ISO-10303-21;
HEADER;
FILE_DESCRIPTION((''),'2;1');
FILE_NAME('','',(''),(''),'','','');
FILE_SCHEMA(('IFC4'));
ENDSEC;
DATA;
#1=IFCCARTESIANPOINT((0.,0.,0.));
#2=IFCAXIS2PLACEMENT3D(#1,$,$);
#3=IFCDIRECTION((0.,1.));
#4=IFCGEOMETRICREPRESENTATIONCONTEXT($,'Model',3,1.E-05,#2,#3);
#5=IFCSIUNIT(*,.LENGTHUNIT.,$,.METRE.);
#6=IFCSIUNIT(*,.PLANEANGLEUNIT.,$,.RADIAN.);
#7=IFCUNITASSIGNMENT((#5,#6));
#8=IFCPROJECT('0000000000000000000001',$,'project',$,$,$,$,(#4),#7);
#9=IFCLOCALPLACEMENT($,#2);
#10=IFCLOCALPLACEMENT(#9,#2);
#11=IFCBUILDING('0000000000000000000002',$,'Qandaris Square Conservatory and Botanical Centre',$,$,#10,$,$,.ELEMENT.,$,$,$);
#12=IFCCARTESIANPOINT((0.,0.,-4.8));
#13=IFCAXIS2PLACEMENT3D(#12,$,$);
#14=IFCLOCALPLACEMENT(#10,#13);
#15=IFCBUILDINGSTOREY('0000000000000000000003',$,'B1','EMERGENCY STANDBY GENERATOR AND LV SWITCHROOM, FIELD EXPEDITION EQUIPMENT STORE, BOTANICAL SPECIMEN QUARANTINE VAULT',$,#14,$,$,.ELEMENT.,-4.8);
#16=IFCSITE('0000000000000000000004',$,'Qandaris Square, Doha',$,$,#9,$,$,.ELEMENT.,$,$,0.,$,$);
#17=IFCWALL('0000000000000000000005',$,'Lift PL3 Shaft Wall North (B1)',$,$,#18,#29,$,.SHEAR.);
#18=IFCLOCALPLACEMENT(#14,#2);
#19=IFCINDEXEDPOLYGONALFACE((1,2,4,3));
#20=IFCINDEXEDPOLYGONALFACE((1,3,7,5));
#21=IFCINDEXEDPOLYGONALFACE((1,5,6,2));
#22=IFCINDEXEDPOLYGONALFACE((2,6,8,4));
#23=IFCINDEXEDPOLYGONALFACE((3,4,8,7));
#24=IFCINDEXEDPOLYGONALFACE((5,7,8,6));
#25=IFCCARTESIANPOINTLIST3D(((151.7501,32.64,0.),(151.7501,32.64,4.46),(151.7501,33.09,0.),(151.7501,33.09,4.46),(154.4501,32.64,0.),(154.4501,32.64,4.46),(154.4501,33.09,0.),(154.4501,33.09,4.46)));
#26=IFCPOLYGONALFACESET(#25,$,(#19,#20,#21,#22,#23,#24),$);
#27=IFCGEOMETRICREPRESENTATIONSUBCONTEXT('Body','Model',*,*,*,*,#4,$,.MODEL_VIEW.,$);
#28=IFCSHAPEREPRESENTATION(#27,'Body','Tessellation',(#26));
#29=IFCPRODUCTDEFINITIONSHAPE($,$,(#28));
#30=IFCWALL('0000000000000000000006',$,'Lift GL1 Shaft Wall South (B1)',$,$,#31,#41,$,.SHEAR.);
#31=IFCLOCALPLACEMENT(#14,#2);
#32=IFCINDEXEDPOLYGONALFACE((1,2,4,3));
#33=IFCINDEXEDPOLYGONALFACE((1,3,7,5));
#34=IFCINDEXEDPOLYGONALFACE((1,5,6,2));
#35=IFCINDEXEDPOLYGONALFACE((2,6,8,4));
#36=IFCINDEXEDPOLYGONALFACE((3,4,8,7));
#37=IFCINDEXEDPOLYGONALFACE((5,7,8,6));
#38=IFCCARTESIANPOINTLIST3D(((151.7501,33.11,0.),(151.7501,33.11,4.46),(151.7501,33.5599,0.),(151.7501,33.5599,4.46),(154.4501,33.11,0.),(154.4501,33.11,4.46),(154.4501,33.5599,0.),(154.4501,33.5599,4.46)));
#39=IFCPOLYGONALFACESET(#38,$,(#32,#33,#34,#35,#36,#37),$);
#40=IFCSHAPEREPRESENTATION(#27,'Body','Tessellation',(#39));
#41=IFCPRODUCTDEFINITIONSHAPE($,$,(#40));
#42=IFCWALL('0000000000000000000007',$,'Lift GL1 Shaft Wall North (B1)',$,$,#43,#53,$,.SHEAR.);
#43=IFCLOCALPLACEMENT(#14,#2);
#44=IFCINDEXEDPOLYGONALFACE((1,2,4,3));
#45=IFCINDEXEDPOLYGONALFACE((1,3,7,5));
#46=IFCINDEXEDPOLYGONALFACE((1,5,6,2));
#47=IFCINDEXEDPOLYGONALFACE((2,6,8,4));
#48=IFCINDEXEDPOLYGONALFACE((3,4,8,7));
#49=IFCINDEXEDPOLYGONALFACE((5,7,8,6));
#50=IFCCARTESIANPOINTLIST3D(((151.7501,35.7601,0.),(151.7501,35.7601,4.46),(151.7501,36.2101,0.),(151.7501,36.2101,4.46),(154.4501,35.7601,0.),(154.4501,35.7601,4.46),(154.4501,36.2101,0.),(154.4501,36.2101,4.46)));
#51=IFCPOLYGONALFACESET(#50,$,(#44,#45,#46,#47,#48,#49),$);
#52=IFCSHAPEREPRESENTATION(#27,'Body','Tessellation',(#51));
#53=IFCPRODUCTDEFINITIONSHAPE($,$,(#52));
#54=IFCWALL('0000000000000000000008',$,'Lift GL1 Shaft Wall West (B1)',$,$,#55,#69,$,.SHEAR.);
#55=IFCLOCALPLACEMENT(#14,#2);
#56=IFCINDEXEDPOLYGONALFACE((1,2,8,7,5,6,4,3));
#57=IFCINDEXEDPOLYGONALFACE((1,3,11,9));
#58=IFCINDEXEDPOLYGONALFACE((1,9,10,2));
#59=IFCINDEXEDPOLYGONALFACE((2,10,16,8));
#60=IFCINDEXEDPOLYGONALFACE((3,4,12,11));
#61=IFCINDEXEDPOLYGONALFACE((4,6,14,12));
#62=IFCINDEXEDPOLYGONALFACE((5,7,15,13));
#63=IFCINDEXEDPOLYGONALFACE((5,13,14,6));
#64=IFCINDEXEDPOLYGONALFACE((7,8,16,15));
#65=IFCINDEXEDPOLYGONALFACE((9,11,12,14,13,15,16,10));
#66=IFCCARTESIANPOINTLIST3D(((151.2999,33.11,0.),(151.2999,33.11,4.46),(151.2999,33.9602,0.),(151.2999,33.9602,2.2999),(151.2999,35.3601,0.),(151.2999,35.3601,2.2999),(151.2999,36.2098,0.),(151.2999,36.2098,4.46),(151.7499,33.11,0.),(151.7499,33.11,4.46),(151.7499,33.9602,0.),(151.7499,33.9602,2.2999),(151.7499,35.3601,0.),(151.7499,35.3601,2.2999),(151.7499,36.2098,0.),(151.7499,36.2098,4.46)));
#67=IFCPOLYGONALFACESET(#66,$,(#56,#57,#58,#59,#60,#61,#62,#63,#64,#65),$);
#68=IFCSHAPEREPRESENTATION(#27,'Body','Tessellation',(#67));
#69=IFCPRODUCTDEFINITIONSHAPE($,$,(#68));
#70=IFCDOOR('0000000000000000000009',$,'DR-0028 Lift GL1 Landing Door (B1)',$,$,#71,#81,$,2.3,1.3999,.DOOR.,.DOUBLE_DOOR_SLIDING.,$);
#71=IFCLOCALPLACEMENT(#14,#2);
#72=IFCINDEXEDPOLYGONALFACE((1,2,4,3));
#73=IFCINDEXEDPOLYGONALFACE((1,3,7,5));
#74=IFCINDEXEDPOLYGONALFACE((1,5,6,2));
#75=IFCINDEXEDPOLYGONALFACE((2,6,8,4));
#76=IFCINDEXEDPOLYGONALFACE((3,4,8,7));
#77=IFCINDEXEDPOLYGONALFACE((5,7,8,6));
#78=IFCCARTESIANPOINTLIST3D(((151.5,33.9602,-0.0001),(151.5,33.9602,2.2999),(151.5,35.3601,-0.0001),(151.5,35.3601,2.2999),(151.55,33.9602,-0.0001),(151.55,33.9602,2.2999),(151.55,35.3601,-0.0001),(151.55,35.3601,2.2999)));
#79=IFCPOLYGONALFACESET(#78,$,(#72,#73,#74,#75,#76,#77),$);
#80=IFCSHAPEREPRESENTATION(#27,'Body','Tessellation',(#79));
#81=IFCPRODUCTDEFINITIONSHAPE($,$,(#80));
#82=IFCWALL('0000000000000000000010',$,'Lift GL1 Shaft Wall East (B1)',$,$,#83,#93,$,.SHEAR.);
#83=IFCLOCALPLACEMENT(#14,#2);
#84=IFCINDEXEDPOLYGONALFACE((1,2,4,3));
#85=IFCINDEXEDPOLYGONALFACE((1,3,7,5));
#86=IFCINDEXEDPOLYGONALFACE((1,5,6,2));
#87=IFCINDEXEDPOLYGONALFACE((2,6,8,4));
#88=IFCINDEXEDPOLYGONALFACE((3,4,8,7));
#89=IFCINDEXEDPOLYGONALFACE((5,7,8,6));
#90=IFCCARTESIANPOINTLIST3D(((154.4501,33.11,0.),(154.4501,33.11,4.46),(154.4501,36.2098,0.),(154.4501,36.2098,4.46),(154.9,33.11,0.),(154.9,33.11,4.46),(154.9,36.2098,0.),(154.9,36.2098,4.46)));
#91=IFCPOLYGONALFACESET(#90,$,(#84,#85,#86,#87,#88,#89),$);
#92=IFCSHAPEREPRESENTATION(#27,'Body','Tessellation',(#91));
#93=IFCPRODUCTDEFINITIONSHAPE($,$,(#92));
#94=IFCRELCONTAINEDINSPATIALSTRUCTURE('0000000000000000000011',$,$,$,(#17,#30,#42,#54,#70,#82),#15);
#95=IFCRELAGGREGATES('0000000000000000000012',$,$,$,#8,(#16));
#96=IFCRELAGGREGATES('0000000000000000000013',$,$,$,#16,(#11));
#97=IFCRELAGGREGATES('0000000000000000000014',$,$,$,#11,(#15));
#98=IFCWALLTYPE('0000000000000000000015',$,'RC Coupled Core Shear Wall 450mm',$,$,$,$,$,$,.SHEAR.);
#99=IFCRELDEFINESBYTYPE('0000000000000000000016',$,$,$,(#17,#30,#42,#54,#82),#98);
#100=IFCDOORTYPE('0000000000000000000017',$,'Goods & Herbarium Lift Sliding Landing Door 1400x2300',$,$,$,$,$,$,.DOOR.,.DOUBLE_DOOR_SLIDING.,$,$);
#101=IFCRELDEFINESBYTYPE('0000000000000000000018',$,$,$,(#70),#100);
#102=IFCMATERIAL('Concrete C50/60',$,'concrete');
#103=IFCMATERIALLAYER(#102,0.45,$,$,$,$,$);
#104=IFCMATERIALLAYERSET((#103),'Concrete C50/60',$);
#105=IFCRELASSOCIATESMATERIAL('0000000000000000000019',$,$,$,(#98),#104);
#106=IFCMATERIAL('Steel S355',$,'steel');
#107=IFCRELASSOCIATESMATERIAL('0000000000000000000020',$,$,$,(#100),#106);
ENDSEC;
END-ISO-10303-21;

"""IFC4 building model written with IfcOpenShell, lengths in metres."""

from ifc_helpers import new_model, si_unit, direction, frame, frame_2d, origin, place, context, subcontext, project, spatial, rectangle, extrude, material, layer, layer_set, type_object, element, fill, save


model = new_model("IFC4")

# Units and contexts
model_context = context("Model", 3, precision=1e-05, world=origin(), true_north=direction((0.0, 1.0)))
body_context = subcontext(model_context, "Body", "Model", "MODEL_VIEW")
ifc_project = project(units=[si_unit("LENGTHUNIT", "METRE"), si_unit("PLANEANGLEUNIT", "RADIAN")], contexts=[model_context])

# Site, building, storey
site_placement = place(None, origin())
site = spatial("IfcSite", under=ifc_project, at=site_placement, Name="Qandaris Square, Doha", CompositionType="ELEMENT", RefElevation=0.0)
building_placement = place(site_placement, origin())
building = spatial("IfcBuilding", under=site, at=building_placement, Name="Qandaris Square Conservatory and Botanical Centre", CompositionType="ELEMENT")
storey_placement = place(building_placement, frame((0.0, 0.0, -4.8)))
storey = spatial("IfcBuildingStorey", under=building, at=storey_placement, Name="B1", Description="EMERGENCY STANDBY GENERATOR AND LV SWITCHROOM, FIELD EXPEDITION EQUIPMENT STORE, BOTANICAL SPECIMEN QUARANTINE VAULT", CompositionType="ELEMENT", Elevation=-4.8)

# Shared definitions
ifc_material_1 = material(Name="Concrete C50/60", Category="concrete")

# Shared definitions
ifc_material_2 = material(Name="Steel S355", Category="steel")

# Walls
ifc_layer_1 = layer(ifc_material_1, 0.45)
ifc_layer_set_1 = layer_set([ifc_layer_1], Name="Concrete C50/60")
wall_type_1 = type_object("IfcWallType", Name="RC Coupled Core Shear Wall 450mm", PredefinedType="SHEAR", material=ifc_layer_set_1)
for number, where, z_axis, x_axis, name in (
    (1, (151.75, 32.865, 0.0), (0.0, 0.0, 1.0), (1.0, 0.0, 0.0), "Lift PL3 Shaft Wall North (B1)"),
    (2, (151.75, 33.335, 0.0), (0.0, 0.0, 1.0), (1.0, 0.0, 0.0), "Lift GL1 Shaft Wall South (B1)"),
    (3, (151.75, 35.9851, 0.0), (0.0, 0.0, 1.0), (1.0, 0.0, 0.0), "Lift GL1 Shaft Wall North (B1)"),
):
    element("IfcWall", number, at=place(storey_placement, frame(where, z_axis=z_axis, x_axis=x_axis)), inside=storey, type_object=wall_type_1, Name=name, PredefinedType="SHEAR", context=body_context, shape_type="SweptSolid", body=[
        extrude(rectangle(XDim=2.7, YDim=0.45, at=frame_2d((1.3501, 0.0))), origin(), (0.0, 0.0, 1.0), 4.46),
    ])

# Wall, opening, door
wall_1_placement = place(storey_placement, frame((151.5249, 33.1101, 0.0), z_axis=(0.0, 0.0, 1.0), x_axis=(0.0, 1.0, 0.0)))
wall_1 = element("IfcWall", 4, at=wall_1_placement, inside=storey, type_object=wall_type_1, Name="Lift GL1 Shaft Wall West (B1)", PredefinedType="SHEAR", context=body_context, shape_type="SweptSolid", body=[
    extrude(rectangle(XDim=3.0999, YDim=0.45, at=frame_2d((1.5498, 0.0))), origin(), (0.0, 0.0, 1.0), 4.46),
])
opening_1_placement = place(wall_1_placement, frame((0.8501, 0.0, 0.0)))
opening_1 = element("IfcOpeningElement", 5, at=opening_1_placement, cuts=wall_1, PredefinedType="OPENING", context=body_context, shape_type="SweptSolid", body=[
    extrude(rectangle(XDim=1.3999, YDim=2.3, at=frame_2d((0.7, 1.1499))), frame((0.0, 0.2368, 0.0), z_axis=(0.0, -1.0, 0.0), x_axis=(1.0, 0.0, 0.0)), (0.0, 0.0, 1.0), 0.4739),
])
door_type_1 = type_object("IfcDoorType", Name="Goods & Herbarium Lift Sliding Landing Door 1400x2300", OperationType="DOUBLE_DOOR_SLIDING", PredefinedType="DOOR", material=ifc_material_2)
door_1_placement = place(opening_1_placement, origin())
door_1 = element("IfcDoor", 6, at=door_1_placement, inside=storey, type_object=door_type_1, Name="DR-0028 Lift GL1 Landing Door (B1)", OperationType="DOUBLE_DOOR_SLIDING", OverallHeight=2.3, OverallWidth=1.3999, PredefinedType="DOOR", context=body_context, shape_type="SweptSolid", body=[
    extrude(rectangle(XDim=1.3999, YDim=2.3, at=frame_2d((0.7, 1.1499))), frame((0.0, 0.0249, 0.0), z_axis=(0.0, -1.0, 0.0), x_axis=(1.0, 0.0, 0.0)), (0.0, 0.0, 1.0), 0.05),
])
fill(opening_1, door_1)

# Wall
wall_2_placement = place(storey_placement, frame((154.675, 33.1101, 0.0), z_axis=(0.0, 0.0, 1.0), x_axis=(0.0, 1.0, 0.0)))
element("IfcWall", 7, at=wall_2_placement, inside=storey, type_object=wall_type_1, Name="Lift GL1 Shaft Wall East (B1)", PredefinedType="SHEAR", context=body_context, shape_type="SweptSolid", body=[
    extrude(rectangle(XDim=3.0999, YDim=0.45, at=frame_2d((1.5498, 0.0))), origin(), (0.0, 0.0, 1.0), 4.46),
])

save(model, "model.ifc")
